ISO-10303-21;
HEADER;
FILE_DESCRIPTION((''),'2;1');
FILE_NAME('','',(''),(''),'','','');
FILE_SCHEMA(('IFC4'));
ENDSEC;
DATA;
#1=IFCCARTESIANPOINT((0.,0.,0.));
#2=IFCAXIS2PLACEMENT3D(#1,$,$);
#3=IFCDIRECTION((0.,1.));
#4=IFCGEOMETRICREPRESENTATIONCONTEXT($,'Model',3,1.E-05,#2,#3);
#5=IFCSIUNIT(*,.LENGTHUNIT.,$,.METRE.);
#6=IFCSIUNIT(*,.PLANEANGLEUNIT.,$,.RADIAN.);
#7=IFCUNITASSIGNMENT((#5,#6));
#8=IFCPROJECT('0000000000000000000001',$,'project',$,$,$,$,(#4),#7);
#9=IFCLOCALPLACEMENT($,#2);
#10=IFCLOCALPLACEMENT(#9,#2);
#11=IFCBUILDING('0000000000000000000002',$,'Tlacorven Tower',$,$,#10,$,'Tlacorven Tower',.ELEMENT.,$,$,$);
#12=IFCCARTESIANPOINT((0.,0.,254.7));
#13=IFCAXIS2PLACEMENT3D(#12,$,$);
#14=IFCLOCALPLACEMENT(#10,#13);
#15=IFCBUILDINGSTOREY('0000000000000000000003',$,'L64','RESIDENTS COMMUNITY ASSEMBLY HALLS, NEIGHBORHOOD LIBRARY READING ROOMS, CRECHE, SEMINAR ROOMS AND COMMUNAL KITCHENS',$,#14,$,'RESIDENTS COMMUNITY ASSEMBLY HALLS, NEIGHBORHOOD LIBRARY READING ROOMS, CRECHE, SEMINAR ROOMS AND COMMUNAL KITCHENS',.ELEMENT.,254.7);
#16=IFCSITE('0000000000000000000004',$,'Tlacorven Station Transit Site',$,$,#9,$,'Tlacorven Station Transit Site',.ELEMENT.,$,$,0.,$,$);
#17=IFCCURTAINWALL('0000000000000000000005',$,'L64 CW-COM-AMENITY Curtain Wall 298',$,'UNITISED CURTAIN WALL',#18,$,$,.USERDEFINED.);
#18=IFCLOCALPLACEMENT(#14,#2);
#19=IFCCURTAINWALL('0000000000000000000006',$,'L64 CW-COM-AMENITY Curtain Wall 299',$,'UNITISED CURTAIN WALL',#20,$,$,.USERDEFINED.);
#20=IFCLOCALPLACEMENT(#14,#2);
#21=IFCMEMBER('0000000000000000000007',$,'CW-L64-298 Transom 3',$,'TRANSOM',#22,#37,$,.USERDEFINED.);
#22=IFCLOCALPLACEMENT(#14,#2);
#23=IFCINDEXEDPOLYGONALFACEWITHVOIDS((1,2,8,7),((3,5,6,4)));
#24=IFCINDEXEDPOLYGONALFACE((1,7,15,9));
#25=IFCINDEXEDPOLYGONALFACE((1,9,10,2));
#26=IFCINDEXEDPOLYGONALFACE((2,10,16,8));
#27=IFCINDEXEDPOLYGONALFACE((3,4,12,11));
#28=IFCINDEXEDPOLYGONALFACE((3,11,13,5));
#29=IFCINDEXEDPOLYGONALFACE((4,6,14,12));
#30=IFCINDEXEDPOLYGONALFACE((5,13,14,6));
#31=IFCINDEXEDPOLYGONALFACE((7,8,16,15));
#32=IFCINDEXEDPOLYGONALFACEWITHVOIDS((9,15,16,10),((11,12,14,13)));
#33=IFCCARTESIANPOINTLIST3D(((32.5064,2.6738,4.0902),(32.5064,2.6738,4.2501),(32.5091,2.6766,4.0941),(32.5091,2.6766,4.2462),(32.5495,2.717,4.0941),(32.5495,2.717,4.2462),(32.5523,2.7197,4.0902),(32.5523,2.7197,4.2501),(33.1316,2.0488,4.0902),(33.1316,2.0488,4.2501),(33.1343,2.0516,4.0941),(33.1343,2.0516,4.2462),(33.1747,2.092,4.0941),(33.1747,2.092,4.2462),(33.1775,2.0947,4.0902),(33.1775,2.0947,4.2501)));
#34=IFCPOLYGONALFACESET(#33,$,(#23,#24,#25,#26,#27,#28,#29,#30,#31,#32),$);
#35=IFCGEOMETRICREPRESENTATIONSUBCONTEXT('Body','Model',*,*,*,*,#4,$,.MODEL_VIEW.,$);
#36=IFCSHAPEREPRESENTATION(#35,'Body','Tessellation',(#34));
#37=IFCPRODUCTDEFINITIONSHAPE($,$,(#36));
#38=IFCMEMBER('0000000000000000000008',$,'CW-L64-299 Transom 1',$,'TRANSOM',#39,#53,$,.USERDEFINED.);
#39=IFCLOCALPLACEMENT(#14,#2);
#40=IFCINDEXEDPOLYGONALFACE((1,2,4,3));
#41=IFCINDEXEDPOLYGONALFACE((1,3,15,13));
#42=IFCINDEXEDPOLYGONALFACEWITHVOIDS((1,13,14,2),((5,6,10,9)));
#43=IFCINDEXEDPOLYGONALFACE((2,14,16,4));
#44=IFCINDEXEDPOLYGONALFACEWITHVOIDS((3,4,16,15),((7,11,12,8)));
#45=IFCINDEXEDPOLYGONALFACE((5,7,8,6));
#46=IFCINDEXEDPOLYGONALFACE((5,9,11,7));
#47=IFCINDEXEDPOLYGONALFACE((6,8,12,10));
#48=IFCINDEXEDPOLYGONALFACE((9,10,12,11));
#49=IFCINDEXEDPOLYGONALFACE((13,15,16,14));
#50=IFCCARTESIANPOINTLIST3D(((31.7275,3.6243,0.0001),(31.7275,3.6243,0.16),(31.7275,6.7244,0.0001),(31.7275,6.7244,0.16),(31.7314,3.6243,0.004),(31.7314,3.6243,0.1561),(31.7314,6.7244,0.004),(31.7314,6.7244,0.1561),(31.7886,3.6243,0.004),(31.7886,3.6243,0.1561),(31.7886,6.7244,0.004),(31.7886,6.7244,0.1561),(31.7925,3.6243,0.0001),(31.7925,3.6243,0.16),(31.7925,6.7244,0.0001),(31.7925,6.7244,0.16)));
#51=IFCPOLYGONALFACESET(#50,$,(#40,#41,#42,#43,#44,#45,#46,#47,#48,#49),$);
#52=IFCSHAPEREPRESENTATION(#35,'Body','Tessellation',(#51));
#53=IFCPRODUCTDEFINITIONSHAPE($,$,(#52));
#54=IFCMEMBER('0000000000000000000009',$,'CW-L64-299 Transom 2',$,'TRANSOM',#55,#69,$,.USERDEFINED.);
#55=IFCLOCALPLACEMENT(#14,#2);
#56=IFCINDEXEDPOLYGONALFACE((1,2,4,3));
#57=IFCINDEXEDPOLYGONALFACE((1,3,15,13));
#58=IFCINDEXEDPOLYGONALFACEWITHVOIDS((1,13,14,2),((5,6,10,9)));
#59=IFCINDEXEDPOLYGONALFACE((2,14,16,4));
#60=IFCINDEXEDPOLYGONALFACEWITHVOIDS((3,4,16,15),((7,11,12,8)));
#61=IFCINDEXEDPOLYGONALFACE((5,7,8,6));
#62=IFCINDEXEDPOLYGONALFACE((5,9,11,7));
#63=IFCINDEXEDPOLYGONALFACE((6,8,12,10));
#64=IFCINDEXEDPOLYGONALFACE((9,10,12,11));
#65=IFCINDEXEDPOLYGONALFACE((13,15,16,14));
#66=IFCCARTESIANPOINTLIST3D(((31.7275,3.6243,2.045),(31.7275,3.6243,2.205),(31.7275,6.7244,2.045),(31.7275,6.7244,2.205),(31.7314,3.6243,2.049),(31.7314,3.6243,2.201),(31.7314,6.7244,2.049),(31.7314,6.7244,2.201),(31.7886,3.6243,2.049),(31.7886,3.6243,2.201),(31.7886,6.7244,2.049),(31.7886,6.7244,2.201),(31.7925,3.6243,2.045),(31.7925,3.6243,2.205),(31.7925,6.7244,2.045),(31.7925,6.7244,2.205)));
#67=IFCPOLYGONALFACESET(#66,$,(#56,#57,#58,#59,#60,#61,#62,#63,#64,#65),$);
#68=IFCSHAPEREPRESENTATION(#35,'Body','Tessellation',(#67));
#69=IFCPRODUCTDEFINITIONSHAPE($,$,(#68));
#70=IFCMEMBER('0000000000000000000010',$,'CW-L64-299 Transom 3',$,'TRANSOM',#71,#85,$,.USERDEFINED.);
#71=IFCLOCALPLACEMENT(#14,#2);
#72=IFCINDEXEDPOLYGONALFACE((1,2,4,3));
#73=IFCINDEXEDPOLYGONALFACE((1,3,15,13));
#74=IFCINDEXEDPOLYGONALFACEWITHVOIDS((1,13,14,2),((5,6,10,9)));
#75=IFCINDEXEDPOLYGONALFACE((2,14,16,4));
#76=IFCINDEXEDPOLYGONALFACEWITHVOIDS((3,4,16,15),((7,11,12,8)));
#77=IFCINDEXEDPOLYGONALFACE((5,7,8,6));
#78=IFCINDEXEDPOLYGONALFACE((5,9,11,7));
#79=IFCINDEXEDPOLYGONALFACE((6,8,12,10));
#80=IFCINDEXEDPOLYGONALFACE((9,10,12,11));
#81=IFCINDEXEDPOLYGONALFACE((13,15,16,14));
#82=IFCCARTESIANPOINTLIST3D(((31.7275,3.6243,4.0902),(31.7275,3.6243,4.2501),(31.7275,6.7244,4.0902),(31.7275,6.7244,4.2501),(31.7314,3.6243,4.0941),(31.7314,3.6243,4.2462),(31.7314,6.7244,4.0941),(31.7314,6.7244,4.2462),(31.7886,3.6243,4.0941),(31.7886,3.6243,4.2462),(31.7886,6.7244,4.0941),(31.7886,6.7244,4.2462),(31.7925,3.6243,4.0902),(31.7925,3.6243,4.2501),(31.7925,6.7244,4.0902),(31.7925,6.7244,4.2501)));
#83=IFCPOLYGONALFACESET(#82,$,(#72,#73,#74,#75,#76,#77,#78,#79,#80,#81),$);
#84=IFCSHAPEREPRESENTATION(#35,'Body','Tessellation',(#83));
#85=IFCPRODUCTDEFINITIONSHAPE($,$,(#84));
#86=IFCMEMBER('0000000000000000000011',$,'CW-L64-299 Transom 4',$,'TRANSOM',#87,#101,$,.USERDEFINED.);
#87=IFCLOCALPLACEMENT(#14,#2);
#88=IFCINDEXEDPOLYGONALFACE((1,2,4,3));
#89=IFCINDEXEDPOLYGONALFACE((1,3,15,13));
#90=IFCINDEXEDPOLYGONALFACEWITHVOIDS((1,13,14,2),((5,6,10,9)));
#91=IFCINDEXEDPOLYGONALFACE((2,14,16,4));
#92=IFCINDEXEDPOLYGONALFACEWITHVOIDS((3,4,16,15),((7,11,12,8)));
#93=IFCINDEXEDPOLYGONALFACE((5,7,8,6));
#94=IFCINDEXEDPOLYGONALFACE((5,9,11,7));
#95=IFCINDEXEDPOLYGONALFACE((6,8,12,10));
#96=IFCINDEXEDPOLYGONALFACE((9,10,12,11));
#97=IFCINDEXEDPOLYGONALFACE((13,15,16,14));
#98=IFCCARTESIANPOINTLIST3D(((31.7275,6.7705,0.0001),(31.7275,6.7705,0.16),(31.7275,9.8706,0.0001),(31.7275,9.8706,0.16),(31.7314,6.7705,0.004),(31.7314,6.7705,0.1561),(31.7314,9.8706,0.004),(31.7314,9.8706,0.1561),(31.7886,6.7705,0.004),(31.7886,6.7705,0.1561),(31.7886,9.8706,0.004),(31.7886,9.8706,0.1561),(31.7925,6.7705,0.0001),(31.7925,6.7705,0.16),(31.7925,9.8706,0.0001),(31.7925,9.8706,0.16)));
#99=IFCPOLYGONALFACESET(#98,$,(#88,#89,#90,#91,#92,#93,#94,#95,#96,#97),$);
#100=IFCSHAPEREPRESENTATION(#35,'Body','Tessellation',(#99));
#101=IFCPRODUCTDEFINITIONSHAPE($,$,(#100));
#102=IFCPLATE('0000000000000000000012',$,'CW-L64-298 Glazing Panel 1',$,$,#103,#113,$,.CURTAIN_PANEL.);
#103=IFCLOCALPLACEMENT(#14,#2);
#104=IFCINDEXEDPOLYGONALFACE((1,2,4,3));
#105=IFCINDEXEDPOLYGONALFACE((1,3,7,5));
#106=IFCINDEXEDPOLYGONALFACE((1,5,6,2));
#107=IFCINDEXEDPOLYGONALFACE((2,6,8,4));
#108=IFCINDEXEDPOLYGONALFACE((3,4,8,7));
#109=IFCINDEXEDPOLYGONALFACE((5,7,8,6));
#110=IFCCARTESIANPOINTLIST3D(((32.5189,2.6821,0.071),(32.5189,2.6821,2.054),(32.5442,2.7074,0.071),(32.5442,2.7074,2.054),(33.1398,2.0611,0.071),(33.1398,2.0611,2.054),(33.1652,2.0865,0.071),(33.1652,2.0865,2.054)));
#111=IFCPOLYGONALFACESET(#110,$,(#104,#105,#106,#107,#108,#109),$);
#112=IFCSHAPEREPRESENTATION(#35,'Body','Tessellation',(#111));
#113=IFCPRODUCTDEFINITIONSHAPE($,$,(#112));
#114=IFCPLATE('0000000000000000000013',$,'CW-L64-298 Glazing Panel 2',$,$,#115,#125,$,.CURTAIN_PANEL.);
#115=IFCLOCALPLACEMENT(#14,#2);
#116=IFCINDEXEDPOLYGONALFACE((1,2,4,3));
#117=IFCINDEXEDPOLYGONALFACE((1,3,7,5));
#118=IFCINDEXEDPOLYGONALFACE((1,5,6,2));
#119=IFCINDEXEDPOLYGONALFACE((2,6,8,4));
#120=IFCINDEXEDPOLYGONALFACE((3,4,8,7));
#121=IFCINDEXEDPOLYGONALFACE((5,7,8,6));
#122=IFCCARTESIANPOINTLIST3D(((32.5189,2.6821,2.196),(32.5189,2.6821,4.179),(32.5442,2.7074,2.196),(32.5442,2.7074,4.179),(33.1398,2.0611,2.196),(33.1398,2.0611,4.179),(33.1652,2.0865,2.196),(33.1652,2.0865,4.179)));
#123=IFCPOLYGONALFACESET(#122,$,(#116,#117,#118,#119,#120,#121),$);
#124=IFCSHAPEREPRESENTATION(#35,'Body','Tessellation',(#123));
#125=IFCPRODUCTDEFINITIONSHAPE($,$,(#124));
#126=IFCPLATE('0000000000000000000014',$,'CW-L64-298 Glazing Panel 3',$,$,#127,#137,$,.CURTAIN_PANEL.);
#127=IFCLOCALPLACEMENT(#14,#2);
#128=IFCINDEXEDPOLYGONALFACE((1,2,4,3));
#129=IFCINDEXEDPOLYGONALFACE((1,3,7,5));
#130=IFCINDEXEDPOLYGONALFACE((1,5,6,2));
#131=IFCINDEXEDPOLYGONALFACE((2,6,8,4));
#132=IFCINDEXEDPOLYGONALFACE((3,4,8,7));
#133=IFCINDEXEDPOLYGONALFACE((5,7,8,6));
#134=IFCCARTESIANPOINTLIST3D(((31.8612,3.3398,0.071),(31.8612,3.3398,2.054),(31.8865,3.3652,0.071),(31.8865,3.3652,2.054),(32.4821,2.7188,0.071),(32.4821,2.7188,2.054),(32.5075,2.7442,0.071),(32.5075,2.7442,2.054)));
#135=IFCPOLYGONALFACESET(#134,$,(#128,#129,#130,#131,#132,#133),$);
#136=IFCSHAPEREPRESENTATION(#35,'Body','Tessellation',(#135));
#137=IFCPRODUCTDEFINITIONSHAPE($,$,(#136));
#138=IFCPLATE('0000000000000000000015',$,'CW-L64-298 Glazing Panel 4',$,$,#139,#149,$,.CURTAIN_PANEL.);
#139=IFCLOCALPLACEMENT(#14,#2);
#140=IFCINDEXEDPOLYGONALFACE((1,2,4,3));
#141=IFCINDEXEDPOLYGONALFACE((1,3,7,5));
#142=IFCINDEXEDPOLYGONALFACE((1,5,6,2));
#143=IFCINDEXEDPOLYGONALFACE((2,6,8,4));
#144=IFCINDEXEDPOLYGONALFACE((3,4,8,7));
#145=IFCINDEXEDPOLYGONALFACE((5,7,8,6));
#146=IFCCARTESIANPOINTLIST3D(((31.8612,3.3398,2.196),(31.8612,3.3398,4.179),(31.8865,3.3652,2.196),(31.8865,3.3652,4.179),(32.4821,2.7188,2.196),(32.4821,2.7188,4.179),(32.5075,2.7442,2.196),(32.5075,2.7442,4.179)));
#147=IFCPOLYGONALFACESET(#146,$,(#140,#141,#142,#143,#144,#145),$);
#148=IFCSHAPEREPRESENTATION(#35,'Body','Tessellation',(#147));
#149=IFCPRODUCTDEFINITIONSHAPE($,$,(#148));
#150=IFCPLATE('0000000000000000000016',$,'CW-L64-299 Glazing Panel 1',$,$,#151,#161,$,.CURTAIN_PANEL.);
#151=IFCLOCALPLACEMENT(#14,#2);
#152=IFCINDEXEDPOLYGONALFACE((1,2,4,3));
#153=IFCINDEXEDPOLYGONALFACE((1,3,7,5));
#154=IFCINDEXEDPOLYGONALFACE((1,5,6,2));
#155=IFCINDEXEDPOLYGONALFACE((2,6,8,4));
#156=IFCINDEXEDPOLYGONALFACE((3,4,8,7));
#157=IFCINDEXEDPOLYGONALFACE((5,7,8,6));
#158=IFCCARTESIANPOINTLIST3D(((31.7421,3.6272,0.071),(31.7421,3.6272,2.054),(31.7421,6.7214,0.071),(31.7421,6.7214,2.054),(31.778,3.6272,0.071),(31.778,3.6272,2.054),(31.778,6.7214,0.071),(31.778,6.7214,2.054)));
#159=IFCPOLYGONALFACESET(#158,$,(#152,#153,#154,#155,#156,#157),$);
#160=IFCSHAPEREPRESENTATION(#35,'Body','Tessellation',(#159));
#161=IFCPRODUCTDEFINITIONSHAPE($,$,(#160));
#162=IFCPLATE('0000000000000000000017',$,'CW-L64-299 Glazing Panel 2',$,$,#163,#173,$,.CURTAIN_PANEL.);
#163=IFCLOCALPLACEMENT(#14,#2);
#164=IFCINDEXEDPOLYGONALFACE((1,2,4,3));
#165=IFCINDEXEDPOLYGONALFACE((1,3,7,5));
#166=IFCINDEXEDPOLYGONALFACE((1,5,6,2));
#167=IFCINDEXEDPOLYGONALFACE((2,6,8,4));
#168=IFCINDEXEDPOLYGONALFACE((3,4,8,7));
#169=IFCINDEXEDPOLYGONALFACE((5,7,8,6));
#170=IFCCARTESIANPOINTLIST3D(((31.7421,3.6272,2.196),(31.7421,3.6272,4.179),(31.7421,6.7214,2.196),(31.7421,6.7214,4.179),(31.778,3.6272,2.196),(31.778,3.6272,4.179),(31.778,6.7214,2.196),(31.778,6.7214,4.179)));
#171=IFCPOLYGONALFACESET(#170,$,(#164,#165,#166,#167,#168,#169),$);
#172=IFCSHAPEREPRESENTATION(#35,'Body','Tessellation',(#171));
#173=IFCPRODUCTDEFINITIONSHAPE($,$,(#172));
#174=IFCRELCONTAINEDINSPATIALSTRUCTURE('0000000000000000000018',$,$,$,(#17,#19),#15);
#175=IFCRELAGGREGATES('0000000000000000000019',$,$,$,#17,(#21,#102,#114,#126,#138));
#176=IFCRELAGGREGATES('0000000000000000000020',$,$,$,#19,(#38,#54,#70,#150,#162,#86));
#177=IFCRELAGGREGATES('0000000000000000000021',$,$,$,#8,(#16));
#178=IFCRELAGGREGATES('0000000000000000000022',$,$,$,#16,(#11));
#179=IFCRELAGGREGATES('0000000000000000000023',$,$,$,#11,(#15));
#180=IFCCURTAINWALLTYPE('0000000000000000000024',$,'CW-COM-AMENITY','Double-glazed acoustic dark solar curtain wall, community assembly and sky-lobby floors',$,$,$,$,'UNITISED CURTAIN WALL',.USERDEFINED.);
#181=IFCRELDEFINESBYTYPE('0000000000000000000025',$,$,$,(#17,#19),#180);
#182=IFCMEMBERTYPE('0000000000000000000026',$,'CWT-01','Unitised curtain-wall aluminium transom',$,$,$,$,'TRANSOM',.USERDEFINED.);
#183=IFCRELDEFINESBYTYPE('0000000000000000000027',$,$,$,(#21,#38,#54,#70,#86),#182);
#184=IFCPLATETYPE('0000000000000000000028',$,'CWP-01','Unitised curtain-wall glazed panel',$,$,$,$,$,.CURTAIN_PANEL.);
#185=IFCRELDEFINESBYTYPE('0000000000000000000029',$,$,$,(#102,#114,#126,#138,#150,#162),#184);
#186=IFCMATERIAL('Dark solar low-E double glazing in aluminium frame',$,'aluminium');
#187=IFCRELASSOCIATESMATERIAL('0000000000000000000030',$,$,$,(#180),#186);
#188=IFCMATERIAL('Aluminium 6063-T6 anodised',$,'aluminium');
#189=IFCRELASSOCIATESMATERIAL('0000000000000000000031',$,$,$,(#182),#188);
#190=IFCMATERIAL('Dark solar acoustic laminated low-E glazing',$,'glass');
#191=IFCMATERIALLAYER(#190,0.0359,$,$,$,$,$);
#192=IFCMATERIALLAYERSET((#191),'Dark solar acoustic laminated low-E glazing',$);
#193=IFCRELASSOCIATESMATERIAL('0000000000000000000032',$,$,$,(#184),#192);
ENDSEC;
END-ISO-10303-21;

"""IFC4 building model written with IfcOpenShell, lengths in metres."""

from ifc_helpers import new_model, si_unit, direction, frame, origin, origin_2d, place, context, subcontext, project, spatial, rectangle, hollow_rectangle, extrude, source, transform, mapped, material, layer, layer_set, material_profile, profile_set, type_object, element, aggregate, save


model = new_model("IFC4")

# Units and contexts
model_context = context("Model", 3, precision=1e-05, world=origin(), true_north=direction((0.0, 1.0)))
body_context = subcontext(model_context, "Body", "Model", "MODEL_VIEW")
ifc_project = project(units=[si_unit("LENGTHUNIT", "METRE"), si_unit("PLANEANGLEUNIT", "RADIAN")], contexts=[model_context])

# Site, building, storey
site_placement = place(None, origin())
site = spatial("IfcSite", under=ifc_project, at=site_placement, Name="Tlacorven Station Transit Site", LongName="Tlacorven Station Transit Site", CompositionType="ELEMENT", RefElevation=0.0)
building_placement = place(site_placement, origin())
building = spatial("IfcBuilding", under=site, at=building_placement, Name="Tlacorven Tower", LongName="Tlacorven Tower", CompositionType="ELEMENT")
storey_placement = place(building_placement, frame((0.0, 0.0, 254.7)))
storey = spatial("IfcBuildingStorey", under=building, at=storey_placement, Name="L64", Description="RESIDENTS COMMUNITY ASSEMBLY HALLS, NEIGHBORHOOD LIBRARY READING ROOMS, CRECHE, SEMINAR ROOMS AND COMMUNAL KITCHENS", LongName="RESIDENTS COMMUNITY ASSEMBLY HALLS, NEIGHBORHOOD LIBRARY READING ROOMS, CRECHE, SEMINAR ROOMS AND COMMUNAL KITCHENS", CompositionType="ELEMENT", Elevation=254.7)

# Shared definitions
ifc_material_1 = material(Name="Dark solar low-E double glazing in aluminium frame", Category="aluminium")
curtain_wall_type = type_object("IfcCurtainWallType", Name="CW-COM-AMENITY", Description="Double-glazed acoustic dark solar curtain wall, community assembly and sky-lobby floors", ElementType="UNITISED CURTAIN WALL", PredefinedType="USERDEFINED", material=ifc_material_1)
ifc_material_2 = material(Name="Aluminium 6063-T6 anodised", Category="aluminium")

# Curtain walls
curtain_wall_1_placement = place(storey_placement, origin())
curtain_wall_1 = element("IfcCurtainWall", 1, at=curtain_wall_1_placement, inside=storey, type_object=curtain_wall_type, Name="L64 CW-COM-AMENITY Curtain Wall 298", ObjectType="UNITISED CURTAIN WALL", PredefinedType="USERDEFINED")
curtain_wall_2_placement = place(storey_placement, origin())
curtain_wall_2 = element("IfcCurtainWall", 2, at=curtain_wall_2_placement, inside=storey, type_object=curtain_wall_type, Name="L64 CW-COM-AMENITY Curtain Wall 299", ObjectType="UNITISED CURTAIN WALL", PredefinedType="USERDEFINED")

# Members
ifc_material_profile_1 = material_profile(ifc_material_2, hollow_rectangle(XDim=0.0649, YDim=0.1599, WallThickness=0.0039, at=origin_2d()), Name="ALU TRANSOM 65X160")
ifc_profile_set_1 = profile_set([ifc_material_profile_1], Name="Aluminium 6063-T6 anodised")
member_type_1 = type_object("IfcMemberType", Name="CWT-01", Description="Unitised curtain-wall aluminium transom", ElementType="TRANSOM", PredefinedType="USERDEFINED", material=ifc_profile_set_1)
shared_shape_1 = source(origin(), body_context, "Body", "SweptSolid", [
    extrude(hollow_rectangle(XDim=0.0649, YDim=0.1599, WallThickness=0.0039, at=origin_2d()), origin(), (0.0, 0.0, 1.0), 0.884),
])
member_1_placement = place(storey_placement, frame((33.1545, 2.0718, 4.1702), z_axis=(-0.707245, 0.706969, 0.0), x_axis=(-0.706969, -0.707245, 0.0)))
member_1 = element("IfcMember", 3, at=member_1_placement, type_object=member_type_1, Name="CW-L64-298 Transom 3", ObjectType="TRANSOM", PredefinedType="USERDEFINED", context=body_context, shape_type="MappedRepresentation", body=[
    mapped(shared_shape_1, transform((0.0, 0.0, 0.0), scale=1.0)),
])
shared_shape_2 = source(origin(), body_context, "Body", "SweptSolid", [
    extrude(hollow_rectangle(XDim=0.0649, YDim=0.1599, WallThickness=0.0039, at=origin_2d()), origin(), (0.0, 0.0, 1.0), 3.1001),
])
member_2_placement = place(storey_placement, frame((31.76, 3.6243, 0.0801), z_axis=(0.0, 1.0, 0.0), x_axis=(-1.0, 0.0, 0.0)))
member_2 = element("IfcMember", 4, at=member_2_placement, type_object=member_type_1, Name="CW-L64-299 Transom 1", ObjectType="TRANSOM", PredefinedType="USERDEFINED", context=body_context, shape_type="MappedRepresentation", body=[
    mapped(shared_shape_2, transform((0.0, 0.0, 0.0), scale=1.0)),
])
member_3_placement = place(storey_placement, frame((31.76, 3.6243, 2.125), z_axis=(0.0, 1.0, 0.0), x_axis=(-1.0, 0.0, 0.0)))
member_3 = element("IfcMember", 5, at=member_3_placement, type_object=member_type_1, Name="CW-L64-299 Transom 2", ObjectType="TRANSOM", PredefinedType="USERDEFINED", context=body_context, shape_type="MappedRepresentation", body=[
    mapped(shared_shape_2, transform((0.0, 0.0, 0.0), scale=1.0)),
])
member_4_placement = place(storey_placement, frame((31.76, 3.6243, 4.1702), z_axis=(0.0, 1.0, 0.0), x_axis=(-1.0, 0.0, 0.0)))
member_4 = element("IfcMember", 6, at=member_4_placement, type_object=member_type_1, Name="CW-L64-299 Transom 3", ObjectType="TRANSOM", PredefinedType="USERDEFINED", context=body_context, shape_type="MappedRepresentation", body=[
    mapped(shared_shape_2, transform((0.0, 0.0, 0.0), scale=1.0)),
])
member_5_placement = place(storey_placement, frame((31.76, 6.7705, 0.0801), z_axis=(0.0, 1.0, 0.0), x_axis=(-1.0, 0.0, 0.0)))
member_5 = element("IfcMember", 7, at=member_5_placement, type_object=member_type_1, Name="CW-L64-299 Transom 4", ObjectType="TRANSOM", PredefinedType="USERDEFINED", context=body_context, shape_type="MappedRepresentation", body=[
    mapped(shared_shape_2, transform((0.0, 0.0, 0.0), scale=1.0)),
])

# Plates
ifc_material_3 = material(Name="Dark solar acoustic laminated low-E glazing", Category="glass")
ifc_layer = layer(ifc_material_3, 0.0359)
ifc_layer_set = layer_set([ifc_layer], Name="Dark solar acoustic laminated low-E glazing")
plate_type = type_object("IfcPlateType", Name="CWP-01", Description="Unitised curtain-wall glazed panel", PredefinedType="CURTAIN_PANEL", material=ifc_layer_set)
shared_shape_3 = source(origin(), body_context, "Body", "SweptSolid", [
    extrude(rectangle(XDim=0.8782, YDim=0.0359, at=origin_2d()), origin(), (0.0, 0.0, 1.0), 1.9829),
])
plate_1_placement = place(storey_placement, frame((32.842, 2.3843, 0.071), z_axis=(0.0, 0.0, 1.0), x_axis=(-0.707107, 0.707107, 0.0)))
plate_1 = element("IfcPlate", 8, at=plate_1_placement, type_object=plate_type, Name="CW-L64-298 Glazing Panel 1", PredefinedType="CURTAIN_PANEL", context=body_context, shape_type="MappedRepresentation", body=[
    mapped(shared_shape_3, transform((0.0, 0.0, 0.0), scale=1.0)),
])
plate_2_placement = place(storey_placement, frame((32.842, 2.3843, 2.196), z_axis=(0.0, 0.0, 1.0), x_axis=(-0.707107, 0.707107, 0.0)))
plate_2 = element("IfcPlate", 9, at=plate_2_placement, type_object=plate_type, Name="CW-L64-298 Glazing Panel 2", PredefinedType="CURTAIN_PANEL", context=body_context, shape_type="MappedRepresentation", body=[
    mapped(shared_shape_3, transform((0.0, 0.0, 0.0), scale=1.0)),
])
plate_3_placement = place(storey_placement, frame((32.1843, 3.042, 0.071), z_axis=(0.0, 0.0, 1.0), x_axis=(-0.707107, 0.707107, 0.0)))
plate_3 = element("IfcPlate", 10, at=plate_3_placement, type_object=plate_type, Name="CW-L64-298 Glazing Panel 3", PredefinedType="CURTAIN_PANEL", context=body_context, shape_type="MappedRepresentation", body=[
    mapped(shared_shape_3, transform((0.0, 0.0, 0.0), scale=1.0)),
])
plate_4_placement = place(storey_placement, frame((32.1843, 3.042, 2.196), z_axis=(0.0, 0.0, 1.0), x_axis=(-0.707107, 0.707107, 0.0)))
plate_4 = element("IfcPlate", 11, at=plate_4_placement, type_object=plate_type, Name="CW-L64-298 Glazing Panel 4", PredefinedType="CURTAIN_PANEL", context=body_context, shape_type="MappedRepresentation", body=[
    mapped(shared_shape_3, transform((0.0, 0.0, 0.0), scale=1.0)),
])
aggregate(curtain_wall_1, [member_1, plate_1, plate_2, plate_3, plate_4])
shared_shape_4 = source(origin(), body_context, "Body", "SweptSolid", [
    extrude(rectangle(XDim=3.0942, YDim=0.0359, at=origin_2d()), origin(), (0.0, 0.0, 1.0), 1.9829),
])
plate_5_placement = place(storey_placement, frame((31.76, 5.1743, 0.071), z_axis=(0.0, 0.0, 1.0), x_axis=(0.0, 1.0, 0.0)))
plate_5 = element("IfcPlate", 12, at=plate_5_placement, type_object=plate_type, Name="CW-L64-299 Glazing Panel 1", PredefinedType="CURTAIN_PANEL", context=body_context, shape_type="MappedRepresentation", body=[
    mapped(shared_shape_4, transform((0.0, 0.0, 0.0), scale=1.0)),
])
plate_6_placement = place(storey_placement, frame((31.76, 5.1743, 2.196), z_axis=(0.0, 0.0, 1.0), x_axis=(0.0, 1.0, 0.0)))
plate_6 = element("IfcPlate", 13, at=plate_6_placement, type_object=plate_type, Name="CW-L64-299 Glazing Panel 2", PredefinedType="CURTAIN_PANEL", context=body_context, shape_type="MappedRepresentation", body=[
    mapped(shared_shape_4, transform((0.0, 0.0, 0.0), scale=1.0)),
])
aggregate(curtain_wall_2, [member_2, member_3, member_4, plate_5, plate_6, member_5])

save(model, "model.ifc")
